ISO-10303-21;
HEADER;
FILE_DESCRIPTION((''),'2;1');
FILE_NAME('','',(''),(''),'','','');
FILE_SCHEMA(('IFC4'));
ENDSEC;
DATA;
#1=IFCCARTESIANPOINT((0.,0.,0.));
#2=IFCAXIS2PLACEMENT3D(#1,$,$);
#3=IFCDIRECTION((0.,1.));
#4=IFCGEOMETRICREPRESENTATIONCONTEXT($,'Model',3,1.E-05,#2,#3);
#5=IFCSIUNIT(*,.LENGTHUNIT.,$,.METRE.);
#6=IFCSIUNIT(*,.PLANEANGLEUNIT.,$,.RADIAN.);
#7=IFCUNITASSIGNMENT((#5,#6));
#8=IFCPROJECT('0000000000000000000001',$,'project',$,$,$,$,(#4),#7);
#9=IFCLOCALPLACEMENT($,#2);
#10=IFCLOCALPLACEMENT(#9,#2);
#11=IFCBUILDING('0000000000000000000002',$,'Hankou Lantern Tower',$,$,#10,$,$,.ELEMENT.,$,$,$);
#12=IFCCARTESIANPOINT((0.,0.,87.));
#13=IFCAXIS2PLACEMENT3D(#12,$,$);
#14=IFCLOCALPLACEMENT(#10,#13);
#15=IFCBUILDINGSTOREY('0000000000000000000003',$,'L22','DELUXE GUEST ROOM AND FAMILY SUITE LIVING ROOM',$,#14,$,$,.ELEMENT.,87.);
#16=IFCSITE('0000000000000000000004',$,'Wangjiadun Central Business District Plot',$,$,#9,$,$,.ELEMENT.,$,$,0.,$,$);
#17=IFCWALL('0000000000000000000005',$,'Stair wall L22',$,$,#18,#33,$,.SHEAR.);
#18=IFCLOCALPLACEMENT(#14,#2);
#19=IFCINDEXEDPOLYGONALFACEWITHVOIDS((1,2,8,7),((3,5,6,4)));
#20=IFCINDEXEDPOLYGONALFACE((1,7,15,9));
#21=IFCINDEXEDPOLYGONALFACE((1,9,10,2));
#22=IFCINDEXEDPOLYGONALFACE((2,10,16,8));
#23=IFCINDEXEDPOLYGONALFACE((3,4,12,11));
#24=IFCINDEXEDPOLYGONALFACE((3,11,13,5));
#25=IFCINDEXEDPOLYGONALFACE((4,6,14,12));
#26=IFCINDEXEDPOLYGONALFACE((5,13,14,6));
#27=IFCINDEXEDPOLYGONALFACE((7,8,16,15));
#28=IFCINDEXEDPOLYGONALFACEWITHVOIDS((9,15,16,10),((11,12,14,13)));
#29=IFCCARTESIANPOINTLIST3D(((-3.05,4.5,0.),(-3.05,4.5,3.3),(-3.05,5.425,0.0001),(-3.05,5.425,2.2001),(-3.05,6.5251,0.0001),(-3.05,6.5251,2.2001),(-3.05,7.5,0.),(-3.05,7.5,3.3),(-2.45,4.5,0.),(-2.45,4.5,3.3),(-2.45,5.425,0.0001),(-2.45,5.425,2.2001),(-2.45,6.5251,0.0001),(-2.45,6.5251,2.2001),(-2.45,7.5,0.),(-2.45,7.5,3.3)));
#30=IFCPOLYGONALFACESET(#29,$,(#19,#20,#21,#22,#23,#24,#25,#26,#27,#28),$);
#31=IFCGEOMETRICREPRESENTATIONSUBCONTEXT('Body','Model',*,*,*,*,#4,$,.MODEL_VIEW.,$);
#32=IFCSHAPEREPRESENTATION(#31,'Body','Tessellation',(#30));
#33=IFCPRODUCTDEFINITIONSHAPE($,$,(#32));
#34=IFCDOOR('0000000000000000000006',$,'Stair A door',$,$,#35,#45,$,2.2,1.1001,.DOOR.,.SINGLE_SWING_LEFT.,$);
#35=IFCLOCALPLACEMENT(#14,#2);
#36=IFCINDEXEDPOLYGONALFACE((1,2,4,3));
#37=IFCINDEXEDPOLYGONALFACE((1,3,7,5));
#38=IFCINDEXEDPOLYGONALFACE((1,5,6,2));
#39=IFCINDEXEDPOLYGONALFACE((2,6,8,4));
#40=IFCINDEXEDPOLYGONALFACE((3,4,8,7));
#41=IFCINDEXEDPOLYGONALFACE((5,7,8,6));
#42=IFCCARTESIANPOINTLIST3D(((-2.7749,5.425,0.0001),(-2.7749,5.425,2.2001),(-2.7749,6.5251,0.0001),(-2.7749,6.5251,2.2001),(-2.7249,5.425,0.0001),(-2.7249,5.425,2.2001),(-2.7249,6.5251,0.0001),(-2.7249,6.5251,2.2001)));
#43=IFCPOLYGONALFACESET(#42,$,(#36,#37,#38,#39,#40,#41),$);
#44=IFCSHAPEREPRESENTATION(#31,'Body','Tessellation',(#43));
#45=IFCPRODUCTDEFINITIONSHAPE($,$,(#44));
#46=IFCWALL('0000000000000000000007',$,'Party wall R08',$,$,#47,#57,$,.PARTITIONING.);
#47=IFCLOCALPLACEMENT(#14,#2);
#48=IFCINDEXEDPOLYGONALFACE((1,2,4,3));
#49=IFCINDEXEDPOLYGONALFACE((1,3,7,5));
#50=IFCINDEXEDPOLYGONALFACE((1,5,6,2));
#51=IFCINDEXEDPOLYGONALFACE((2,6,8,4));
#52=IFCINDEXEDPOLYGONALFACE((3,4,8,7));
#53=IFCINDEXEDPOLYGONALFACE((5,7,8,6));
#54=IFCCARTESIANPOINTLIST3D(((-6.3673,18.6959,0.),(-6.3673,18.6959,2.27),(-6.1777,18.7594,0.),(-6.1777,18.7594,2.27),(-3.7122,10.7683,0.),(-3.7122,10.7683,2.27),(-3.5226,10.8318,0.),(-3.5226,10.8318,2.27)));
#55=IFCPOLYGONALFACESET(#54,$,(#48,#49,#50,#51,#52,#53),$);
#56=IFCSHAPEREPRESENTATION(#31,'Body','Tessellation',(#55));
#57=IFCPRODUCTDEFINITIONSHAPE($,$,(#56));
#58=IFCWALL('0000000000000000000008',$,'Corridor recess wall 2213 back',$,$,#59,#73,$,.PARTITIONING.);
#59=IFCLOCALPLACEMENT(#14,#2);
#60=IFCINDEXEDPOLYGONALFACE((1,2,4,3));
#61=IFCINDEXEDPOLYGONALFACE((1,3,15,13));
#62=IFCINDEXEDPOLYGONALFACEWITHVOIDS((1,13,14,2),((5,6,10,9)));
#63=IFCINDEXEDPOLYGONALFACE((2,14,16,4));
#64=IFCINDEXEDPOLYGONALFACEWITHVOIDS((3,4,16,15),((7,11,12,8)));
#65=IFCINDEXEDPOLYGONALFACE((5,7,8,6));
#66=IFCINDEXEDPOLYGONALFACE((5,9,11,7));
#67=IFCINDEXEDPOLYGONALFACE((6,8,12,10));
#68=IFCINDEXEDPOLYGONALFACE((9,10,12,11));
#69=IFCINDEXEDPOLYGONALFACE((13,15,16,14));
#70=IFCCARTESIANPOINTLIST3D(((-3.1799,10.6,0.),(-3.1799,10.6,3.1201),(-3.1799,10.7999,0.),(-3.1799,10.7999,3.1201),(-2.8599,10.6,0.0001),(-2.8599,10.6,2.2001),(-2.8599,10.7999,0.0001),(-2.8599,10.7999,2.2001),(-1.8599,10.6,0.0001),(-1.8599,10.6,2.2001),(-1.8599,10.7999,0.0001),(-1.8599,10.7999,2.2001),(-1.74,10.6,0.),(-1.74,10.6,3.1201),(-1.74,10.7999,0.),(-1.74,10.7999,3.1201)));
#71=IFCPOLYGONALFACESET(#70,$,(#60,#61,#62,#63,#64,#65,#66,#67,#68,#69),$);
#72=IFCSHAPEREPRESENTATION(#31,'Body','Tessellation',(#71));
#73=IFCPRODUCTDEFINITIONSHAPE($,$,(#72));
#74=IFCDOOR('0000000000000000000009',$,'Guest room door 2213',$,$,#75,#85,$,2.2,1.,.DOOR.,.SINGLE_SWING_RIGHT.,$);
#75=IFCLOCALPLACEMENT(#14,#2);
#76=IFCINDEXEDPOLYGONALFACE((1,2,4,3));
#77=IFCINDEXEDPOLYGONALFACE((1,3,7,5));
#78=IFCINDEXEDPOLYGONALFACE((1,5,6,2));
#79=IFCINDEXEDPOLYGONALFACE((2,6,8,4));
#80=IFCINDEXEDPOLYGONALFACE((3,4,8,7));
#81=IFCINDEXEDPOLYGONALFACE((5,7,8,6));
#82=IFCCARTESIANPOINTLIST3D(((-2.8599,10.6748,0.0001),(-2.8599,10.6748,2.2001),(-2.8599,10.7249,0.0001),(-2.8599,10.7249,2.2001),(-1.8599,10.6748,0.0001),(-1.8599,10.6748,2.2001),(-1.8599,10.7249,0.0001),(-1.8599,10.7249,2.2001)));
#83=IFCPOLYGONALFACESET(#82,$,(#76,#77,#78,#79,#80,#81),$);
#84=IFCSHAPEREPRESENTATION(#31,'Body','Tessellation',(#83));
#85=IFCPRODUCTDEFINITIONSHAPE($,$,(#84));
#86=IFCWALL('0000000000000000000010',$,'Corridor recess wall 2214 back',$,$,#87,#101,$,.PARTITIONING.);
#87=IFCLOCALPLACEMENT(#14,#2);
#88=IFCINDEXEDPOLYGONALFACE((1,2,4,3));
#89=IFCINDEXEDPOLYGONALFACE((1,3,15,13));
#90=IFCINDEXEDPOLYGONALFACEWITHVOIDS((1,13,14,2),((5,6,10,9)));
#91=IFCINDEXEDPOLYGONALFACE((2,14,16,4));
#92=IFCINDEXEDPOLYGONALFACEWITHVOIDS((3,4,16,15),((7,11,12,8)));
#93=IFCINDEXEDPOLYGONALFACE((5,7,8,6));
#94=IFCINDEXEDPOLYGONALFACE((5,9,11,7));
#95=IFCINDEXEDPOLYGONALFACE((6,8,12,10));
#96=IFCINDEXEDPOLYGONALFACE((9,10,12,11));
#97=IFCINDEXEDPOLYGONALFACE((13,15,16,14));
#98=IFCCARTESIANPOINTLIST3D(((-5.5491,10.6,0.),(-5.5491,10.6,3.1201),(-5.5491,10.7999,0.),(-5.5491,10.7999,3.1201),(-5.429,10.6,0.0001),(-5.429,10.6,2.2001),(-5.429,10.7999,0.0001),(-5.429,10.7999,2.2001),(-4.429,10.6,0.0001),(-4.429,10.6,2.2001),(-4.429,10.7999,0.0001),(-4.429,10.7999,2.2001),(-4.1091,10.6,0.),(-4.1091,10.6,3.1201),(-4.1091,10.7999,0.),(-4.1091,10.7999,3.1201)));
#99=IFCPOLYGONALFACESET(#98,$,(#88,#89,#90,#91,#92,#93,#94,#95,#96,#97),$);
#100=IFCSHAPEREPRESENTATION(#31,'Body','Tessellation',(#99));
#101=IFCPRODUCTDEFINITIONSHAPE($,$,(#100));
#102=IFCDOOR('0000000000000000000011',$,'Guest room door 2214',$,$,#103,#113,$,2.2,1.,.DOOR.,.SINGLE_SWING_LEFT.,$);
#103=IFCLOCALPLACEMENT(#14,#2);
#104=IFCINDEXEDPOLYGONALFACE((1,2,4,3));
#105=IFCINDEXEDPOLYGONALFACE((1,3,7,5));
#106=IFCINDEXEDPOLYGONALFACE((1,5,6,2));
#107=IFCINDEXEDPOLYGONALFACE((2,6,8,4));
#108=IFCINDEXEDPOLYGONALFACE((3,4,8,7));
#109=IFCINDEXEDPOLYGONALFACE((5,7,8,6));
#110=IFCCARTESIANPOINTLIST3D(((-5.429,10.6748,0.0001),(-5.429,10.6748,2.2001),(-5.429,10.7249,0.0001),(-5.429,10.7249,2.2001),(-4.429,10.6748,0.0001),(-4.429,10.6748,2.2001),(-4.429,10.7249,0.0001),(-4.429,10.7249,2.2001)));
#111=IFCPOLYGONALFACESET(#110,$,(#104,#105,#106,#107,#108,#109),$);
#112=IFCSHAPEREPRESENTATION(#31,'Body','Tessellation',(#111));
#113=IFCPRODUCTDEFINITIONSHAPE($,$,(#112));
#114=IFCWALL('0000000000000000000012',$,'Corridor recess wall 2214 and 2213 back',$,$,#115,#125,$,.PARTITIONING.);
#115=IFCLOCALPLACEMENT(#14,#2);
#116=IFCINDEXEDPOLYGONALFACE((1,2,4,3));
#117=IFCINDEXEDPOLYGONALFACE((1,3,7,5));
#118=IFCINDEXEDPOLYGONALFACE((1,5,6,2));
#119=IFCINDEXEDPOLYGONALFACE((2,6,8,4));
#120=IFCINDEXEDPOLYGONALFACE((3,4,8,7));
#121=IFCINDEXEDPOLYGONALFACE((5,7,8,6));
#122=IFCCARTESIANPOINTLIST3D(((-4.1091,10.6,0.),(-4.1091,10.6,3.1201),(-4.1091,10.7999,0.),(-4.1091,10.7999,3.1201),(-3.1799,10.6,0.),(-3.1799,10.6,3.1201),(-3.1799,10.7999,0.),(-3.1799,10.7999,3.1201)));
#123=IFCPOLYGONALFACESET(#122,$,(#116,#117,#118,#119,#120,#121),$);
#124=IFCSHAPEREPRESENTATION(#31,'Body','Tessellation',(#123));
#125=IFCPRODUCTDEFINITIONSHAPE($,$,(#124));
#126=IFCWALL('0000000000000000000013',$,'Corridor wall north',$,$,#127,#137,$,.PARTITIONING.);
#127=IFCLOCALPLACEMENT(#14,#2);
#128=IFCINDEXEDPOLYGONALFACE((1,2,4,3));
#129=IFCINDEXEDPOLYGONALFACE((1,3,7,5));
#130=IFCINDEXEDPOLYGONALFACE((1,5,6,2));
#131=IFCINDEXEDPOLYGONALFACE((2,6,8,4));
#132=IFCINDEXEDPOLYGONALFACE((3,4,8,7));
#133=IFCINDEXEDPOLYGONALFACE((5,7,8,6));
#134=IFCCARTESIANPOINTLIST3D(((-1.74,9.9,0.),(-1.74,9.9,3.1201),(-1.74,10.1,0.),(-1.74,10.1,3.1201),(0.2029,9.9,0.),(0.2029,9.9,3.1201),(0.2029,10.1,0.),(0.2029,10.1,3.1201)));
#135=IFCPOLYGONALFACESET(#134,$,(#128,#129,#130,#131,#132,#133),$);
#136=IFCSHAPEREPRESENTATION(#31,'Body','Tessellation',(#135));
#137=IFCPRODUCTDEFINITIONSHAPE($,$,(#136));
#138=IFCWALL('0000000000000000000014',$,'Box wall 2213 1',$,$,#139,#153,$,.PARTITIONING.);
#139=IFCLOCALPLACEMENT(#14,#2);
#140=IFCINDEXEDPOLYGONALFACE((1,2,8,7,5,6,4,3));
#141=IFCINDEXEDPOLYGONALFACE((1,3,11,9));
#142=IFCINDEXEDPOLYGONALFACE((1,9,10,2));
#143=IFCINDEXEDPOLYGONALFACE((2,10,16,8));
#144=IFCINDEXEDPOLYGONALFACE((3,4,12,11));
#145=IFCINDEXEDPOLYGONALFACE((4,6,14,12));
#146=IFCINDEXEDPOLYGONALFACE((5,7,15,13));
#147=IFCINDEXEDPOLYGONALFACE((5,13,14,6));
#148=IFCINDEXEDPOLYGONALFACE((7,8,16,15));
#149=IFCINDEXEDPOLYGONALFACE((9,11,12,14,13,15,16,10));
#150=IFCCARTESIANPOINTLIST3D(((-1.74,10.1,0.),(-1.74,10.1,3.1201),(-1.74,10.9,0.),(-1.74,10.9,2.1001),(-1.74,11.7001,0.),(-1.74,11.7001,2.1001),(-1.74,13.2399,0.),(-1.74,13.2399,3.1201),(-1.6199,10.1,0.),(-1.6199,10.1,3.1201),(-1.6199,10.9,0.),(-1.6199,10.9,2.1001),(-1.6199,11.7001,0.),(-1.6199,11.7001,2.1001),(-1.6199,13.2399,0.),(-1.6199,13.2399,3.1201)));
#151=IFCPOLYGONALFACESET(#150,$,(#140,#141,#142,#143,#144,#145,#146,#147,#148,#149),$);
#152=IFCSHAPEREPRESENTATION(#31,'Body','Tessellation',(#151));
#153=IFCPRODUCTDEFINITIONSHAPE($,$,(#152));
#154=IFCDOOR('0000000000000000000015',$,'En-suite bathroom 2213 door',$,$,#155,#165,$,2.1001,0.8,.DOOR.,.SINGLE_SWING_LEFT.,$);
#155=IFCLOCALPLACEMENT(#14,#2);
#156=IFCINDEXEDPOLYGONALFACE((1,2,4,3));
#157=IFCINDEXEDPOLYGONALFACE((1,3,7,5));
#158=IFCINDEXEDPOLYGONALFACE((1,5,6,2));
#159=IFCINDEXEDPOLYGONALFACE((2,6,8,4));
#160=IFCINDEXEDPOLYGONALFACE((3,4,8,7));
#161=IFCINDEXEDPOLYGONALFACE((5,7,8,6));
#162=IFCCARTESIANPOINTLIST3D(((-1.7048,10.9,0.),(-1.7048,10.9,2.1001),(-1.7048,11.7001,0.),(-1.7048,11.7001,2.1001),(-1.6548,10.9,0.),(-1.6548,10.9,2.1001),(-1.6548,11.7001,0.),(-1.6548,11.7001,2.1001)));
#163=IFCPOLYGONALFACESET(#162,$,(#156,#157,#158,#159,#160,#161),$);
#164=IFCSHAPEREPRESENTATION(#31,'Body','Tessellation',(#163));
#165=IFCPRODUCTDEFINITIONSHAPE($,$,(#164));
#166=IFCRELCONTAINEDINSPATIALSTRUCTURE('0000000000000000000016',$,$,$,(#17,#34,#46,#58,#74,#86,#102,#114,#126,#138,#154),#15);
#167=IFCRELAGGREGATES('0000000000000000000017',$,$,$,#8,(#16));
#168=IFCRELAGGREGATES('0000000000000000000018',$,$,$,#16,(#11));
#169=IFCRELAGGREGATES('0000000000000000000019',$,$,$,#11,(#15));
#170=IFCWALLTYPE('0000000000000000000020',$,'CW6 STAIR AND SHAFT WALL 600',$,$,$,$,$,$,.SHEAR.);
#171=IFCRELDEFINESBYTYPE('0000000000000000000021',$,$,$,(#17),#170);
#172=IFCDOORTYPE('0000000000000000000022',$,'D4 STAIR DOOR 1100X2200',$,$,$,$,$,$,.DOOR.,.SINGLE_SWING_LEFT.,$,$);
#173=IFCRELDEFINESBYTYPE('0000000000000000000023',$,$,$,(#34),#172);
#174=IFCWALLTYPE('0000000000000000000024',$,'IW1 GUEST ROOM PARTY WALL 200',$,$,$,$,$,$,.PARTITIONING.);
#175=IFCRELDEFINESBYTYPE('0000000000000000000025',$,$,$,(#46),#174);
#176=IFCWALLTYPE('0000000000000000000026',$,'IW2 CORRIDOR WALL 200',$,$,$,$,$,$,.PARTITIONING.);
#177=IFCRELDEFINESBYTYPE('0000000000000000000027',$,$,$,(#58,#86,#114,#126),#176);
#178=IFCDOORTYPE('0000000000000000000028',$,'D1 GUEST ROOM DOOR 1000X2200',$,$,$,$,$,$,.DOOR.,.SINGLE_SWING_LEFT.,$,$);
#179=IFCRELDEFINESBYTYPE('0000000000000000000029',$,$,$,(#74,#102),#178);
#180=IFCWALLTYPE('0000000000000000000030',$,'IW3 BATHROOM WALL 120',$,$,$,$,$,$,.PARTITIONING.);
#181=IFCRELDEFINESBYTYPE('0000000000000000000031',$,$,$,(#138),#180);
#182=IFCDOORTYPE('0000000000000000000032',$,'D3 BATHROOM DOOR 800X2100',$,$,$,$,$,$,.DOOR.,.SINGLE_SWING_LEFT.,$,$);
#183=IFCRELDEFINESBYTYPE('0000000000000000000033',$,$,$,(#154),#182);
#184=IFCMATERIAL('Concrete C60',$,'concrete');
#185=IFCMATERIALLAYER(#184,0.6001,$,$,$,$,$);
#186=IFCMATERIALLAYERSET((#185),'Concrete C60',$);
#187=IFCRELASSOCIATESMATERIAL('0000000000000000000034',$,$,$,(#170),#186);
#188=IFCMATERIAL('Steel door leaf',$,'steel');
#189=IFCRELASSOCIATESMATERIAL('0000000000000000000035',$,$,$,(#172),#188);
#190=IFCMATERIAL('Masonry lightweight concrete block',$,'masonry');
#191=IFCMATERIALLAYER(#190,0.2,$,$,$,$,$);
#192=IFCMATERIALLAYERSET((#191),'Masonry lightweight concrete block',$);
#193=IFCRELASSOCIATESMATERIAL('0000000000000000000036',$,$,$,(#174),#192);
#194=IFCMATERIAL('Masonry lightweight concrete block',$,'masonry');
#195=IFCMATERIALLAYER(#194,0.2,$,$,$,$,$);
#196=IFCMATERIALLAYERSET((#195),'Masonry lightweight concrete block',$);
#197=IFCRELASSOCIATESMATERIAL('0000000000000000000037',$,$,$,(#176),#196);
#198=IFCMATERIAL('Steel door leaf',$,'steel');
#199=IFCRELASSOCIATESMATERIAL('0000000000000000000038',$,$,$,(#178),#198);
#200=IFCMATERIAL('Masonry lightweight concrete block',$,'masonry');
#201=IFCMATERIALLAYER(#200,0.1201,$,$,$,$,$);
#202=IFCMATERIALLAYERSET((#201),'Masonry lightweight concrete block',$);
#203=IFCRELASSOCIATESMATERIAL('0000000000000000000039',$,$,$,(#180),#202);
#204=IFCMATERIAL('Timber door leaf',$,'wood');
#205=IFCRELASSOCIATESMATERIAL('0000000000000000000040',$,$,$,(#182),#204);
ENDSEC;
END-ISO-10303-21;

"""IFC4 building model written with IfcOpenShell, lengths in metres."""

from ifc_helpers import new_model, si_unit, direction, frame, frame_2d, origin, place, context, subcontext, project, spatial, rectangle, extrude, material, layer, layer_set, type_object, element, fill, save


model = new_model("IFC4")

# Units and contexts
model_context = context("Model", 3, precision=1e-05, world=origin(), true_north=direction((0.0, 1.0)))
body_context = subcontext(model_context, "Body", "Model", "MODEL_VIEW")
ifc_project = project(units=[si_unit("LENGTHUNIT", "METRE"), si_unit("PLANEANGLEUNIT", "RADIAN")], contexts=[model_context])

# Site, building, storey
site_placement = place(None, origin())
site = spatial("IfcSite", under=ifc_project, at=site_placement, Name="Wangjiadun Central Business District Plot", CompositionType="ELEMENT", RefElevation=0.0)
building_placement = place(site_placement, origin())
building = spatial("IfcBuilding", under=site, at=building_placement, Name="Hankou Lantern Tower", CompositionType="ELEMENT")
storey_placement = place(building_placement, frame((0.0, 0.0, 87.0)))
storey = spatial("IfcBuildingStorey", under=building, at=storey_placement, Name="L22", Description="DELUXE GUEST ROOM AND FAMILY SUITE LIVING ROOM", CompositionType="ELEMENT", Elevation=87.0)

# Wall, opening, door
ifc_material_1 = material(Name="Concrete C60", Category="concrete")
ifc_layer_1 = layer(ifc_material_1, 0.6001)
ifc_layer_set_1 = layer_set([ifc_layer_1], Name="Concrete C60")
wall_type_1 = type_object("IfcWallType", Name="CW6 STAIR AND SHAFT WALL 600", PredefinedType="SHEAR", material=ifc_layer_set_1)
wall_1_placement = place(storey_placement, frame((-2.75, 4.5, 0.0), z_axis=(0.0, 0.0, 1.0), x_axis=(0.0, 1.0, 0.0)))
wall_1 = element("IfcWall", 1, at=wall_1_placement, inside=storey, type_object=wall_type_1, Name="Stair wall L22", PredefinedType="SHEAR", context=body_context, shape_type="SweptSolid", body=[
    extrude(rectangle(XDim=3.0, YDim=0.6001, at=frame_2d((1.5, 0.0))), origin(), (0.0, 0.0, 1.0), 3.3),
])
opening_1_placement = place(wall_1_placement, frame((0.925, 0.0, 0.0)))
opening_1 = element("IfcOpeningElement", 2, at=opening_1_placement, cuts=wall_1, PredefinedType="OPENING", context=body_context, shape_type="SweptSolid", body=[
    extrude(rectangle(XDim=1.1001, YDim=2.2, at=frame_2d((0.55, 1.1001))), frame((0.0, 0.3101, 0.0), z_axis=(0.0, -1.0, 0.0), x_axis=(1.0, 0.0, 0.0)), (0.0, 0.0, 1.0), 0.6201),
])
ifc_material_2 = material(Name="Steel door leaf", Category="steel")
door_type_1 = type_object("IfcDoorType", Name="D4 STAIR DOOR 1100X2200", OperationType="SINGLE_SWING_LEFT", PredefinedType="DOOR", material=ifc_material_2)
door_1_placement = place(opening_1_placement, origin())
door_1 = element("IfcDoor", 3, at=door_1_placement, inside=storey, type_object=door_type_1, Name="Stair A door", OperationType="SINGLE_SWING_LEFT", OverallHeight=2.2, OverallWidth=1.1001, PredefinedType="DOOR", context=body_context, shape_type="SweptSolid", body=[
    extrude(rectangle(XDim=1.1001, YDim=2.2, at=frame_2d((0.55, 1.1001))), frame((0.0, 0.0249, 0.0), z_axis=(0.0, -1.0, 0.0), x_axis=(1.0, 0.0, 0.0)), (0.0, 0.0, 1.0), 0.05),
])
fill(opening_1, door_1)

# Wall
ifc_material_3 = material(Name="Masonry lightweight concrete block", Category="masonry")
ifc_layer_2 = layer(ifc_material_3, 0.2)
ifc_layer_set_2 = layer_set([ifc_layer_2], Name="Masonry lightweight concrete block")
wall_type_2 = type_object("IfcWallType", Name="IW1 GUEST ROOM PARTY WALL 200", PredefinedType="PARTITIONING", material=ifc_layer_set_2)
wall_2_placement = place(storey_placement, frame((-3.6174, 10.8, 0.0), z_axis=(0.0, 0.0, 1.0), x_axis=(-0.317577, 0.948233, 0.0)))
element("IfcWall", 4, at=wall_2_placement, inside=storey, type_object=wall_type_2, Name="Party wall R08", PredefinedType="PARTITIONING", context=body_context, shape_type="SweptSolid", body=[
    extrude(rectangle(XDim=8.3604, YDim=0.2, at=frame_2d((4.1802, 0.0))), origin(), (0.0, 0.0, 1.0), 2.27),
])

# Walls, openings, doors
ifc_material_4 = material(Name="Masonry lightweight concrete block", Category="masonry")
ifc_layer_3 = layer(ifc_material_4, 0.2)
ifc_layer_set_3 = layer_set([ifc_layer_3], Name="Masonry lightweight concrete block")
wall_type_3 = type_object("IfcWallType", Name="IW2 CORRIDOR WALL 200", PredefinedType="PARTITIONING", material=ifc_layer_set_3)
wall_3_placement = place(storey_placement, frame((-3.1799, 10.7, 0.0), z_axis=(0.0, 0.0, 1.0), x_axis=(1.0, 0.0, 0.0)))
wall_3 = element("IfcWall", 5, at=wall_3_placement, inside=storey, type_object=wall_type_3, Name="Corridor recess wall 2213 back", PredefinedType="PARTITIONING", context=body_context, shape_type="SweptSolid", body=[
    extrude(rectangle(XDim=1.4399, YDim=0.2, at=frame_2d((0.72, 0.0))), origin(), (0.0, 0.0, 1.0), 3.1201),
])
opening_2_placement = place(wall_3_placement, frame((0.3201, 0.0, 0.0)))
opening_2 = element("IfcOpeningElement", 6, at=opening_2_placement, cuts=wall_3, PredefinedType="OPENING", context=body_context, shape_type="SweptSolid", body=[
    extrude(rectangle(XDim=1.0, YDim=2.2, at=frame_2d((0.5, 1.1001))), frame((0.0, 0.1099, 0.0), z_axis=(0.0, -1.0, 0.0), x_axis=(1.0, 0.0, 0.0)), (0.0, 0.0, 1.0), 0.22),
])
ifc_material_5 = material(Name="Steel door leaf", Category="steel")
door_type_2 = type_object("IfcDoorType", Name="D1 GUEST ROOM DOOR 1000X2200", OperationType="SINGLE_SWING_LEFT", PredefinedType="DOOR", material=ifc_material_5)
door_2_placement = place(opening_2_placement, origin())
door_2 = element("IfcDoor", 7, at=door_2_placement, inside=storey, type_object=door_type_2, Name="Guest room door 2213", OperationType="SINGLE_SWING_RIGHT", OverallHeight=2.2, OverallWidth=1.0, PredefinedType="DOOR", context=body_context, shape_type="SweptSolid", body=[
    extrude(rectangle(XDim=1.0, YDim=2.2, at=frame_2d((0.5, 1.1001))), frame((0.0, 0.0249, 0.0), z_axis=(0.0, -1.0, 0.0), x_axis=(1.0, 0.0, 0.0)), (0.0, 0.0, 1.0), 0.05),
])
fill(opening_2, door_2)
wall_4_placement = place(storey_placement, frame((-5.5491, 10.7, 0.0), z_axis=(0.0, 0.0, 1.0), x_axis=(1.0, 0.0, 0.0)))
wall_4 = element("IfcWall", 8, at=wall_4_placement, inside=storey, type_object=wall_type_3, Name="Corridor recess wall 2214 back", PredefinedType="PARTITIONING", context=body_context, shape_type="SweptSolid", body=[
    extrude(rectangle(XDim=1.4399, YDim=0.2, at=frame_2d((0.72, 0.0))), origin(), (0.0, 0.0, 1.0), 3.1201),
])
opening_3_placement = place(wall_4_placement, frame((0.1201, 0.0, 0.0)))
opening_3 = element("IfcOpeningElement", 9, at=opening_3_placement, cuts=wall_4, PredefinedType="OPENING", context=body_context, shape_type="SweptSolid", body=[
    extrude(rectangle(XDim=1.0, YDim=2.2, at=frame_2d((0.5, 1.1001))), frame((0.0, 0.1099, 0.0), z_axis=(0.0, -1.0, 0.0), x_axis=(1.0, 0.0, 0.0)), (0.0, 0.0, 1.0), 0.22),
])
door_3_placement = place(opening_3_placement, origin())
door_3 = element("IfcDoor", 10, at=door_3_placement, inside=storey, type_object=door_type_2, Name="Guest room door 2214", OperationType="SINGLE_SWING_LEFT", OverallHeight=2.2, OverallWidth=1.0, PredefinedType="DOOR", context=body_context, shape_type="SweptSolid", body=[
    extrude(rectangle(XDim=1.0, YDim=2.2, at=frame_2d((0.5, 1.1001))), frame((0.0, 0.0249, 0.0), z_axis=(0.0, -1.0, 0.0), x_axis=(1.0, 0.0, 0.0)), (0.0, 0.0, 1.0), 0.05),
])
fill(opening_3, door_3)

# Walls
wall_5_placement = place(storey_placement, frame((-4.1091, 10.7, 0.0), z_axis=(0.0, 0.0, 1.0), x_axis=(1.0, 0.0, 0.0)))
element("IfcWall", 11, at=wall_5_placement, inside=storey, type_object=wall_type_3, Name="Corridor recess wall 2214 and 2213 back", PredefinedType="PARTITIONING", context=body_context, shape_type="SweptSolid", body=[
    extrude(rectangle(XDim=0.9292, YDim=0.2, at=frame_2d((0.4646, 0.0))), origin(), (0.0, 0.0, 1.0), 3.1201),
])
wall_6_placement = place(storey_placement, frame((-1.74, 10.0, 0.0), z_axis=(0.0, 0.0, 1.0), x_axis=(1.0, 0.0, 0.0)))
element("IfcWall", 12, at=wall_6_placement, inside=storey, type_object=wall_type_3, Name="Corridor wall north", PredefinedType="PARTITIONING", context=body_context, shape_type="SweptSolid", body=[
    extrude(rectangle(XDim=1.9429, YDim=0.2, at=frame_2d((0.9714, 0.0))), origin(), (0.0, 0.0, 1.0), 3.1201),
])

# Wall, opening, door
ifc_material_6 = material(Name="Masonry lightweight concrete block", Category="masonry")
ifc_layer_4 = layer(ifc_material_6, 0.1201)
ifc_layer_set_4 = layer_set([ifc_layer_4], Name="Masonry lightweight concrete block")
wall_type_4 = type_object("IfcWallType", Name="IW3 BATHROOM WALL 120", PredefinedType="PARTITIONING", material=ifc_layer_set_4)
wall_7_placement = place(storey_placement, frame((-1.6799, 10.1001, 0.0), z_axis=(0.0, 0.0, 1.0), x_axis=(0.0, 1.0, 0.0)))
wall_7 = element("IfcWall", 13, at=wall_7_placement, inside=storey, type_object=wall_type_4, Name="Box wall 2213 1", PredefinedType="PARTITIONING", context=body_context, shape_type="SweptSolid", body=[
    extrude(rectangle(XDim=3.1399, YDim=0.1201, at=frame_2d((1.5698, 0.0))), origin(), (0.0, 0.0, 1.0), 3.1201),
])
opening_4_placement = place(wall_7_placement, frame((0.8, 0.0, 0.0)))
opening_4 = element("IfcOpeningElement", 14, at=opening_4_placement, cuts=wall_7, PredefinedType="OPENING", context=body_context, shape_type="SweptSolid", body=[
    extrude(rectangle(XDim=0.8, YDim=2.1001, at=frame_2d((0.3999, 1.05))), frame((0.0, 0.0701, 0.0), z_axis=(0.0, -1.0, 0.0), x_axis=(1.0, 0.0, 0.0)), (0.0, 0.0, 1.0), 0.1401),
])
ifc_material_7 = material(Name="Timber door leaf", Category="wood")
door_type_3 = type_object("IfcDoorType", Name="D3 BATHROOM DOOR 800X2100", OperationType="SINGLE_SWING_LEFT", PredefinedType="DOOR", material=ifc_material_7)
door_4_placement = place(opening_4_placement, origin())
door_4 = element("IfcDoor", 15, at=door_4_placement, inside=storey, type_object=door_type_3, Name="En-suite bathroom 2213 door", OperationType="SINGLE_SWING_LEFT", OverallHeight=2.1001, OverallWidth=0.8, PredefinedType="DOOR", context=body_context, shape_type="SweptSolid", body=[
    extrude(rectangle(XDim=0.8, YDim=2.1001, at=frame_2d((0.3999, 1.05))), frame((0.0, 0.0249, 0.0), z_axis=(0.0, -1.0, 0.0), x_axis=(1.0, 0.0, 0.0)), (0.0, 0.0, 1.0), 0.05),
])
fill(opening_4, door_4)

save(model, "model.ifc")
